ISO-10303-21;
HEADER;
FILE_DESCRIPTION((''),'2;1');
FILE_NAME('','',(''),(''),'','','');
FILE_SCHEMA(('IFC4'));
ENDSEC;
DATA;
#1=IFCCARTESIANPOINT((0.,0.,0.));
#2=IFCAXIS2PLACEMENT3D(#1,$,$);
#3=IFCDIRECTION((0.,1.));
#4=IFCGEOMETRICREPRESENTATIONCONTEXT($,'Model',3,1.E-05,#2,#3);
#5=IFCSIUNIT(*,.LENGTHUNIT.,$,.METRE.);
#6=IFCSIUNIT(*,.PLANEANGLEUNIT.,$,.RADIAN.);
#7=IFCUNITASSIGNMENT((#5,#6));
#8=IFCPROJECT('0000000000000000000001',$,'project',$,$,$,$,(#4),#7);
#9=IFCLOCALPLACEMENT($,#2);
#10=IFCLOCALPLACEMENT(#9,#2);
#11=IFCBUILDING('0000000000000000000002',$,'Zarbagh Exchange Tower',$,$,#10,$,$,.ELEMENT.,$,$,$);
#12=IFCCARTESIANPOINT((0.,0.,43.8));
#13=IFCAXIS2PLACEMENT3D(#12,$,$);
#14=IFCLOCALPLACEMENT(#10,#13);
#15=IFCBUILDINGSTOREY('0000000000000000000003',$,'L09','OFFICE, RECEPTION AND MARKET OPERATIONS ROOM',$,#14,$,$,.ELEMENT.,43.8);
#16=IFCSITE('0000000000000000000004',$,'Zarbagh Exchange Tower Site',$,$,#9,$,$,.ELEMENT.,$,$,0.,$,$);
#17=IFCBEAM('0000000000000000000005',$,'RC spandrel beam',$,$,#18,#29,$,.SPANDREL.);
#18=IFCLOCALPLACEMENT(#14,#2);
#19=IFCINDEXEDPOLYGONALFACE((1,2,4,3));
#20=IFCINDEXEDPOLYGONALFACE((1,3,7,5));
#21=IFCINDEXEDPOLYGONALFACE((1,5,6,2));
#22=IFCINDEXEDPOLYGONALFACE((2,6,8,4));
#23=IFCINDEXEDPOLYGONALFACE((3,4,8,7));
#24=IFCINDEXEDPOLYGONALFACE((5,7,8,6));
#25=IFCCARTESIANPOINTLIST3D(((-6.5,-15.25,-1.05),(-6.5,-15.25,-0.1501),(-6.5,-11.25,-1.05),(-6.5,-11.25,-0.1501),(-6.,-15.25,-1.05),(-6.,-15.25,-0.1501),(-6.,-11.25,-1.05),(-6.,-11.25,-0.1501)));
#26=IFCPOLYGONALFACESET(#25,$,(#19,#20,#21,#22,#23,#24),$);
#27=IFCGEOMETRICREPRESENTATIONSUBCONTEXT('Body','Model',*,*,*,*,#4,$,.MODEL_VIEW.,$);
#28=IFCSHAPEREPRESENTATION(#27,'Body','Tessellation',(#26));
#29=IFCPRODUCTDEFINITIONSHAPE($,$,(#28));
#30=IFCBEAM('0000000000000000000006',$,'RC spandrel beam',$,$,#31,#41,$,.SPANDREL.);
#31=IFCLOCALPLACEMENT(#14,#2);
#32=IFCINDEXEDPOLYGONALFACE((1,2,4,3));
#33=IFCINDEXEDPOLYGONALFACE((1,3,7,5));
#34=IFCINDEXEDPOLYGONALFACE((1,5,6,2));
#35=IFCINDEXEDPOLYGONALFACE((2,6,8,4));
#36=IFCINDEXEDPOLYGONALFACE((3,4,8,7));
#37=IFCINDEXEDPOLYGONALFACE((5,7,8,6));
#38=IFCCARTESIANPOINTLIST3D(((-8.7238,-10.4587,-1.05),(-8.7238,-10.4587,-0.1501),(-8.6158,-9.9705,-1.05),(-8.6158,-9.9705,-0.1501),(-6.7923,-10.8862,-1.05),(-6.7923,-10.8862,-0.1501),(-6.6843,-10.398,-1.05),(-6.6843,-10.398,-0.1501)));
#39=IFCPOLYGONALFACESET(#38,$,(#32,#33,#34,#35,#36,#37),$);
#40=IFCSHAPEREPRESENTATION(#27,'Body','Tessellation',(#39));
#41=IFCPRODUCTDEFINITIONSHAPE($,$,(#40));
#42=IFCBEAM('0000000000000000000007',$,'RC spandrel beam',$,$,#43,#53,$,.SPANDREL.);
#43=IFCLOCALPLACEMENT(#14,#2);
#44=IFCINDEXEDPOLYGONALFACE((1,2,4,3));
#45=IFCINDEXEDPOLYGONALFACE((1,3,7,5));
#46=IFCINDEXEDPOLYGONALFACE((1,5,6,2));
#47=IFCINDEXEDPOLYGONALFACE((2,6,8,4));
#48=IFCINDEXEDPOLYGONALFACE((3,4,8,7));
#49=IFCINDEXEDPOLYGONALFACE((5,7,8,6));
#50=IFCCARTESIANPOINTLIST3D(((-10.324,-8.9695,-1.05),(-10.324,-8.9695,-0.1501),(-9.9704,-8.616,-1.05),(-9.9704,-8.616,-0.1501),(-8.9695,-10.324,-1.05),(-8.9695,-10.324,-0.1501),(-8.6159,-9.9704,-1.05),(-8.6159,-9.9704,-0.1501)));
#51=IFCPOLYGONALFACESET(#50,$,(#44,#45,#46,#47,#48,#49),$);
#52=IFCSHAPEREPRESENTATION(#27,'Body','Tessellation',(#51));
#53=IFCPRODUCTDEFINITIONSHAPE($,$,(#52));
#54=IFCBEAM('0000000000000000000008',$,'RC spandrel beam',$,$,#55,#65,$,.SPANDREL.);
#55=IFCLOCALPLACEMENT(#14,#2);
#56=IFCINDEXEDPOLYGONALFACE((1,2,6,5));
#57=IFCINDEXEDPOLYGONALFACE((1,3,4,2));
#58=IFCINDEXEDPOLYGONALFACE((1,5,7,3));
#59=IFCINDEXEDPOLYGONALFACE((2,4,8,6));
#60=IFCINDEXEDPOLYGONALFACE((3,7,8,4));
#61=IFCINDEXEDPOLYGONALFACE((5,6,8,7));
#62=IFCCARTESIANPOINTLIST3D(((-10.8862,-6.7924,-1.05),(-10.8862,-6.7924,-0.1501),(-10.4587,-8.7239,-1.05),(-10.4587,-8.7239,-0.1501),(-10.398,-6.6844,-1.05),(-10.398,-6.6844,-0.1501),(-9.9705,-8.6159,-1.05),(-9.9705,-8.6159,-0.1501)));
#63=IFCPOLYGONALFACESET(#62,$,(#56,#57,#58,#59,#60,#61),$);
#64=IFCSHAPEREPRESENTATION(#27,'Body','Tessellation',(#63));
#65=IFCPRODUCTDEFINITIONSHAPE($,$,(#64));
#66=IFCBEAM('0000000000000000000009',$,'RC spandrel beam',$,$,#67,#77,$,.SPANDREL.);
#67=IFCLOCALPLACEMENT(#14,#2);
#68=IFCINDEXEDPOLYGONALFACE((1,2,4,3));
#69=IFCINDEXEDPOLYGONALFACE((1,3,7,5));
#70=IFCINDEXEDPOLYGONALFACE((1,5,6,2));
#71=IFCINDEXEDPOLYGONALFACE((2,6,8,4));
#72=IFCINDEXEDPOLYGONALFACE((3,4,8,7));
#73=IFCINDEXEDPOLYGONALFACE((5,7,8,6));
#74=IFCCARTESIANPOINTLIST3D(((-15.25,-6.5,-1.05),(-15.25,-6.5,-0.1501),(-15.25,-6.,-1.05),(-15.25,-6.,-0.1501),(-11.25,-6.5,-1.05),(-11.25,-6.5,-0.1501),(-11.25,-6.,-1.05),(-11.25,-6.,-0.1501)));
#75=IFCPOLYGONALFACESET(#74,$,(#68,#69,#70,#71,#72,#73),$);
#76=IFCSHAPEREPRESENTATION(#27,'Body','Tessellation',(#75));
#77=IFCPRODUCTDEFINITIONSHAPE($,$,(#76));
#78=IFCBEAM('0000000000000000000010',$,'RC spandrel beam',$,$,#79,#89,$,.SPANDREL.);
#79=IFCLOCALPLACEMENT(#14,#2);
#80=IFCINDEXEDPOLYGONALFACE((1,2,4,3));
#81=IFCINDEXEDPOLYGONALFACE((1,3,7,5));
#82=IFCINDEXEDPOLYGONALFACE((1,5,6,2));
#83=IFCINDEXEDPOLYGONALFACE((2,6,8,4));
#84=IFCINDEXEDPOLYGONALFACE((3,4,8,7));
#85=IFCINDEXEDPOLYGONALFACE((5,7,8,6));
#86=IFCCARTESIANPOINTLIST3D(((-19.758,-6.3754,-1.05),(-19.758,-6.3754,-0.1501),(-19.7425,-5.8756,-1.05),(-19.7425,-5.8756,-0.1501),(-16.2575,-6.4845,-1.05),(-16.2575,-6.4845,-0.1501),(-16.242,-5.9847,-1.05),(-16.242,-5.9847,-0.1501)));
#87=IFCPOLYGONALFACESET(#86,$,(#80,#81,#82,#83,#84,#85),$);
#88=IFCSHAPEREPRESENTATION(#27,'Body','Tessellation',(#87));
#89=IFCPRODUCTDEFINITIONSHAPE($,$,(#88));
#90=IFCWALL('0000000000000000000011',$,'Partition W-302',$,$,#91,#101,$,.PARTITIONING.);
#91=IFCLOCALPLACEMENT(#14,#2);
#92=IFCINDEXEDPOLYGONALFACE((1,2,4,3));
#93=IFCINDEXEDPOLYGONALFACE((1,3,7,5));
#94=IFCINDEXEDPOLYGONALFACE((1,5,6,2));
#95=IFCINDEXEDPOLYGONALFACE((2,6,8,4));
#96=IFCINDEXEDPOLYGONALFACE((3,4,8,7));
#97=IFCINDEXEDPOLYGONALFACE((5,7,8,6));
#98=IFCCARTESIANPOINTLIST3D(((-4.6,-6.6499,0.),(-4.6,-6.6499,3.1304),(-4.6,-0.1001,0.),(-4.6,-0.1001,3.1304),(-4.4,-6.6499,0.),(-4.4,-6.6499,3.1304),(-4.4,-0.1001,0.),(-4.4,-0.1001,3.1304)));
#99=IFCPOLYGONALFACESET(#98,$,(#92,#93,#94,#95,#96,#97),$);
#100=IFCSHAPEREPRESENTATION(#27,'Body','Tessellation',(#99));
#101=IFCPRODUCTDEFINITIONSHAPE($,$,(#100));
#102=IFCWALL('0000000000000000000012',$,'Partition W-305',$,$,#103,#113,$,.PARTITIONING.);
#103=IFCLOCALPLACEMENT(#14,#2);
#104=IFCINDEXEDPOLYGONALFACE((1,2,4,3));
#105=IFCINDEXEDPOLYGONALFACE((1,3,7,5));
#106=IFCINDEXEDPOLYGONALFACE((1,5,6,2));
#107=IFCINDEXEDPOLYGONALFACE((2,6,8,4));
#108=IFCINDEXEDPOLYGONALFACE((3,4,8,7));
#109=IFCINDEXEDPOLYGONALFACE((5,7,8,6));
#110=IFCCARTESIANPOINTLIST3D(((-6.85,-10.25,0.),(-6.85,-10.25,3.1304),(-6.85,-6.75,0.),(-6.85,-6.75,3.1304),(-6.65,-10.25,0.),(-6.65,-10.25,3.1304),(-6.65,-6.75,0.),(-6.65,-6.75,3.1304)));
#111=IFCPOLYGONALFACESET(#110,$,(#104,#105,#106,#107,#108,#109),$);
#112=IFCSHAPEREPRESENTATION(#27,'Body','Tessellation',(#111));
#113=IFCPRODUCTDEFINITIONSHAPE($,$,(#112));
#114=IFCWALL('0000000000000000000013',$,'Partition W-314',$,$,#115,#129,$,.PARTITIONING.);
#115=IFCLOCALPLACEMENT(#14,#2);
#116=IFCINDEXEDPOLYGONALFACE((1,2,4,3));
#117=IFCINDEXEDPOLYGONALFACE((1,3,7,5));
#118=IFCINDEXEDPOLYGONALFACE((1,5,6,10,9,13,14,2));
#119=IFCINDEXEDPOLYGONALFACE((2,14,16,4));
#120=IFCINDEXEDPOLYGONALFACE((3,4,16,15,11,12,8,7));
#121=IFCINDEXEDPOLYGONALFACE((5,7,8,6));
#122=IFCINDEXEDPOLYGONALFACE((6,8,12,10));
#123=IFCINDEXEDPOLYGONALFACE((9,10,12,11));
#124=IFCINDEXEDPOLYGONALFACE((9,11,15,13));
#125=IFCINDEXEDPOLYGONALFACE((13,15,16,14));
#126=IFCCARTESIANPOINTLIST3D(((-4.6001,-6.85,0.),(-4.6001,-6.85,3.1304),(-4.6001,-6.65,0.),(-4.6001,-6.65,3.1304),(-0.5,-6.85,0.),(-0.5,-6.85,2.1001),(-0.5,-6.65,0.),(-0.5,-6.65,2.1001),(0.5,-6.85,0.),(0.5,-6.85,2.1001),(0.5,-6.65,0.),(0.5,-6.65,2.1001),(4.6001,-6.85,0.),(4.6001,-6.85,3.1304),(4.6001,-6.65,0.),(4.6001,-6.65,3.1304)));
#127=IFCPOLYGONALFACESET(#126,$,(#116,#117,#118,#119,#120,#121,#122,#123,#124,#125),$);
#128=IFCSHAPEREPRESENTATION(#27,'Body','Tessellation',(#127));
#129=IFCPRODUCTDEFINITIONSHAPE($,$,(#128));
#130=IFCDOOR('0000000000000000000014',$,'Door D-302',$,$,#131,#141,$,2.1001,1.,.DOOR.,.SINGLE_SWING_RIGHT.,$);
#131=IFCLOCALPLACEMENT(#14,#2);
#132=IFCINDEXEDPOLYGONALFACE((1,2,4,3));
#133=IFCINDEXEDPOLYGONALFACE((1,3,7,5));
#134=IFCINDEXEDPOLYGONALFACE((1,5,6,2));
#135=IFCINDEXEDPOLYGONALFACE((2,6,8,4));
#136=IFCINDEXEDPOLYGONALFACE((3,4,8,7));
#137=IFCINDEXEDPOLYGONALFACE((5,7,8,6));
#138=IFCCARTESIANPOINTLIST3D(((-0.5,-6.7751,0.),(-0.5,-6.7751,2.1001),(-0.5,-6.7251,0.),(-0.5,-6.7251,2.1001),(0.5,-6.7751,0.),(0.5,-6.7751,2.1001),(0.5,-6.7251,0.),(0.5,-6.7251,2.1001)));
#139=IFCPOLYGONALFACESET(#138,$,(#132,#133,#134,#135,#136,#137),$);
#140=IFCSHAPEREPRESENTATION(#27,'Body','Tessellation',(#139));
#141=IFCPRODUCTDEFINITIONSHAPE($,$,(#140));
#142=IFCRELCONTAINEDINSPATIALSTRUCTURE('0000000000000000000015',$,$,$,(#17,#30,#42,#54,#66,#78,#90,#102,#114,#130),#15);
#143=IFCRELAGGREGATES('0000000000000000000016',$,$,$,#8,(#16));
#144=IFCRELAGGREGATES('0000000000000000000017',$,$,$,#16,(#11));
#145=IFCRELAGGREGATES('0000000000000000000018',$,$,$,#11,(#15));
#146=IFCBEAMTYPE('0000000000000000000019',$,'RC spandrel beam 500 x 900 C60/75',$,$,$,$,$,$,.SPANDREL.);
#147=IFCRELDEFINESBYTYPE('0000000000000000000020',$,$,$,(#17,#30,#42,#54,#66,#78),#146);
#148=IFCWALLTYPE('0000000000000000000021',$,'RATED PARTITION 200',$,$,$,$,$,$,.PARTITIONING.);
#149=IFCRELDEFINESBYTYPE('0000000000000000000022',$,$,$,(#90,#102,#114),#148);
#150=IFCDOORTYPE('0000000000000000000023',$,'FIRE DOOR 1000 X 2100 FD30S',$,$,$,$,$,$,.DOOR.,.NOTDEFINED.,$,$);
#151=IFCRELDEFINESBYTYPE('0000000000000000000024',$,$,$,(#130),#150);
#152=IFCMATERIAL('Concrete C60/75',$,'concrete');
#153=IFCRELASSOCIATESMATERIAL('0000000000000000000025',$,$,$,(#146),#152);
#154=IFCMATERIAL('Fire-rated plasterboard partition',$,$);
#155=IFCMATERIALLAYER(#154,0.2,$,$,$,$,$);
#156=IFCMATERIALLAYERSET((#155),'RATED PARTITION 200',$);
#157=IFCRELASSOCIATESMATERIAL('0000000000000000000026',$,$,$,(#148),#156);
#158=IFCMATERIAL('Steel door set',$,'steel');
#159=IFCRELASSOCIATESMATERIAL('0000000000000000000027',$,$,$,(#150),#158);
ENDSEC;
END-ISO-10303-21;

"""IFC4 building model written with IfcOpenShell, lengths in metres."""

from ifc_helpers import new_model, si_unit, direction, frame, frame_2d, origin, origin_2d, place, context, subcontext, project, spatial, rectangle, extrude, material, layer, layer_set, material_profile, profile_set, type_object, element, fill, save


model = new_model("IFC4")

# Units and contexts
model_context = context("Model", 3, precision=1e-05, world=origin(), true_north=direction((0.0, 1.0)))
body_context = subcontext(model_context, "Body", "Model", "MODEL_VIEW")
ifc_project = project(units=[si_unit("LENGTHUNIT", "METRE"), si_unit("PLANEANGLEUNIT", "RADIAN")], contexts=[model_context])

# Site, building, storey
site_placement = place(None, origin())
site = spatial("IfcSite", under=ifc_project, at=site_placement, Name="Zarbagh Exchange Tower Site", CompositionType="ELEMENT", RefElevation=0.0)
building_placement = place(site_placement, origin())
building = spatial("IfcBuilding", under=site, at=building_placement, Name="Zarbagh Exchange Tower", CompositionType="ELEMENT")
storey_placement = place(building_placement, frame((0.0, 0.0, 43.8)))
storey = spatial("IfcBuildingStorey", under=building, at=storey_placement, Name="L09", Description="OFFICE, RECEPTION AND MARKET OPERATIONS ROOM", CompositionType="ELEMENT", Elevation=43.8)

# Shared definitions
ifc_material_1 = material(Name="Concrete C60/75", Category="concrete")

# Beams
ifc_material_profile_1 = material_profile(ifc_material_1, rectangle(XDim=0.5, YDim=0.8999, at=origin_2d()), Name="RC spandrel beam 500 x 900 C60/75")
ifc_profile_set_1 = profile_set([ifc_material_profile_1], Name="Concrete C60/75")
beam_type_1 = type_object("IfcBeamType", Name="RC spandrel beam 500 x 900 C60/75", PredefinedType="SPANDREL", material=ifc_profile_set_1)
beam_1_placement = place(storey_placement, frame((-6.25, -15.25, -0.6001), z_axis=(0.0, 1.0, 0.0), x_axis=(-1.0, 0.0, 0.0)))
element("IfcBeam", 1, at=beam_1_placement, inside=storey, type_object=beam_type_1, Name="RC spandrel beam", PredefinedType="SPANDREL", context=body_context, shape_type="SweptSolid", body=[
    extrude(rectangle(XDim=0.5, YDim=0.8999, at=origin_2d()), origin(), (0.0, 0.0, 1.0), 4.0),
])
beam_2_placement = place(storey_placement, frame((-6.7383, -10.6421, -0.6001), z_axis=(-0.976375, 0.216081, 0.0), x_axis=(-0.216081, -0.976375, 0.0)))
element("IfcBeam", 2, at=beam_2_placement, inside=storey, type_object=beam_type_1, Name="RC spandrel beam", PredefinedType="SPANDREL", context=body_context, shape_type="SweptSolid", body=[
    extrude(rectangle(XDim=0.5, YDim=0.8999, at=origin_2d()), origin(), (0.0, 0.0, 1.0), 1.9783),
])
beam_3_placement = place(storey_placement, frame((-8.7927, -10.1472, -0.6001), z_axis=(-0.707107, 0.707107, 0.0), x_axis=(-0.707107, -0.707107, 0.0)))
element("IfcBeam", 3, at=beam_3_placement, inside=storey, type_object=beam_type_1, Name="RC spandrel beam", PredefinedType="SPANDREL", context=body_context, shape_type="SweptSolid", body=[
    extrude(rectangle(XDim=0.5, YDim=0.8999, at=origin_2d()), origin(), (0.0, 0.0, 1.0), 1.9155),
])
beam_4_placement = place(storey_placement, frame((-10.2146, -8.6699, -0.6001), z_axis=(-0.216081, 0.976375, 0.0), x_axis=(-0.976375, -0.216081, 0.0)))
element("IfcBeam", 4, at=beam_4_placement, inside=storey, type_object=beam_type_1, Name="RC spandrel beam", PredefinedType="SPANDREL", context=body_context, shape_type="SweptSolid", body=[
    extrude(rectangle(XDim=0.5, YDim=0.8999, at=origin_2d()), origin(), (0.0, 0.0, 1.0), 1.9783),
])
beam_5_placement = place(storey_placement, frame((-11.25, -6.25, -0.6001), z_axis=(-1.0, 0.0, 0.0), x_axis=(0.0, -1.0, 0.0)))
element("IfcBeam", 5, at=beam_5_placement, inside=storey, type_object=beam_type_1, Name="RC spandrel beam", PredefinedType="SPANDREL", context=body_context, shape_type="SweptSolid", body=[
    extrude(rectangle(XDim=0.5, YDim=0.8999, at=origin_2d()), origin(), (0.0, 0.0, 1.0), 4.0),
])
beam_6_placement = place(storey_placement, frame((-16.2498, -6.2346, -0.6001), z_axis=(-0.999514, 0.031161, 0.0), x_axis=(-0.031161, -0.999514, 0.0)))
element("IfcBeam", 6, at=beam_6_placement, inside=storey, type_object=beam_type_1, Name="RC spandrel beam", PredefinedType="SPANDREL", context=body_context, shape_type="SweptSolid", body=[
    extrude(rectangle(XDim=0.5, YDim=0.8999, at=origin_2d()), origin(), (0.0, 0.0, 1.0), 3.5022),
])

# Walls
ifc_material_2 = material(Name="Fire-rated plasterboard partition")
ifc_layer = layer(ifc_material_2, 0.2)
ifc_layer_set = layer_set([ifc_layer], Name="RATED PARTITION 200")
wall_type = type_object("IfcWallType", Name="RATED PARTITION 200", PredefinedType="PARTITIONING", material=ifc_layer_set)
wall_1_placement = place(storey_placement, frame((-4.5, -6.6499, 0.0), z_axis=(0.0, 0.0, 1.0), x_axis=(0.0, 1.0, 0.0)))
element("IfcWall", 7, at=wall_1_placement, inside=storey, type_object=wall_type, Name="Partition W-302", PredefinedType="PARTITIONING", context=body_context, shape_type="SweptSolid", body=[
    extrude(rectangle(XDim=6.5498, YDim=0.2, at=frame_2d((3.2749, 0.0))), origin(), (0.0, 0.0, 1.0), 3.1304),
])
wall_2_placement = place(storey_placement, frame((-6.75, -10.25, 0.0), z_axis=(0.0, 0.0, 1.0), x_axis=(0.0, 1.0, 0.0)))
element("IfcWall", 8, at=wall_2_placement, inside=storey, type_object=wall_type, Name="Partition W-305", PredefinedType="PARTITIONING", context=body_context, shape_type="SweptSolid", body=[
    extrude(rectangle(XDim=3.5, YDim=0.2, at=frame_2d((1.75, 0.0))), origin(), (0.0, 0.0, 1.0), 3.1304),
])

# Wall, opening, door
wall_3_placement = place(storey_placement, frame((-4.6001, -6.75, 0.0), z_axis=(0.0, 0.0, 1.0), x_axis=(1.0, 0.0, 0.0)))
wall_3 = element("IfcWall", 9, at=wall_3_placement, inside=storey, type_object=wall_type, Name="Partition W-314", PredefinedType="PARTITIONING", context=body_context, shape_type="SweptSolid", body=[
    extrude(rectangle(XDim=9.2002, YDim=0.2, at=frame_2d((4.6001, 0.0))), origin(), (0.0, 0.0, 1.0), 3.1304),
])
opening_placement = place(wall_3_placement, frame((4.1001, 0.0, 0.0)))
opening = element("IfcOpeningElement", 10, at=opening_placement, cuts=wall_3, PredefinedType="OPENING", context=body_context, shape_type="SweptSolid", body=[
    extrude(rectangle(XDim=1.0, YDim=2.1001, at=frame_2d((0.5, 1.05))), frame((0.0, 0.1099, 0.0), z_axis=(0.0, -1.0, 0.0), x_axis=(1.0, 0.0, 0.0)), (0.0, 0.0, 1.0), 0.22),
])
ifc_material_3 = material(Name="Steel door set", Category="steel")
door_type = type_object("IfcDoorType", Name="FIRE DOOR 1000 X 2100 FD30S", OperationType="NOTDEFINED", PredefinedType="DOOR", material=ifc_material_3)
door_placement = place(opening_placement, origin())
door = element("IfcDoor", 11, at=door_placement, inside=storey, type_object=door_type, Name="Door D-302", OperationType="SINGLE_SWING_RIGHT", OverallHeight=2.1001, OverallWidth=1.0, PredefinedType="DOOR", context=body_context, shape_type="SweptSolid", body=[
    extrude(rectangle(XDim=1.0, YDim=2.1001, at=frame_2d((0.5, 1.05))), frame((0.0, 0.0249, 0.0), z_axis=(0.0, -1.0, 0.0), x_axis=(1.0, 0.0, 0.0)), (0.0, 0.0, 1.0), 0.05),
])
fill(opening, door)

save(model, "model.ifc")
